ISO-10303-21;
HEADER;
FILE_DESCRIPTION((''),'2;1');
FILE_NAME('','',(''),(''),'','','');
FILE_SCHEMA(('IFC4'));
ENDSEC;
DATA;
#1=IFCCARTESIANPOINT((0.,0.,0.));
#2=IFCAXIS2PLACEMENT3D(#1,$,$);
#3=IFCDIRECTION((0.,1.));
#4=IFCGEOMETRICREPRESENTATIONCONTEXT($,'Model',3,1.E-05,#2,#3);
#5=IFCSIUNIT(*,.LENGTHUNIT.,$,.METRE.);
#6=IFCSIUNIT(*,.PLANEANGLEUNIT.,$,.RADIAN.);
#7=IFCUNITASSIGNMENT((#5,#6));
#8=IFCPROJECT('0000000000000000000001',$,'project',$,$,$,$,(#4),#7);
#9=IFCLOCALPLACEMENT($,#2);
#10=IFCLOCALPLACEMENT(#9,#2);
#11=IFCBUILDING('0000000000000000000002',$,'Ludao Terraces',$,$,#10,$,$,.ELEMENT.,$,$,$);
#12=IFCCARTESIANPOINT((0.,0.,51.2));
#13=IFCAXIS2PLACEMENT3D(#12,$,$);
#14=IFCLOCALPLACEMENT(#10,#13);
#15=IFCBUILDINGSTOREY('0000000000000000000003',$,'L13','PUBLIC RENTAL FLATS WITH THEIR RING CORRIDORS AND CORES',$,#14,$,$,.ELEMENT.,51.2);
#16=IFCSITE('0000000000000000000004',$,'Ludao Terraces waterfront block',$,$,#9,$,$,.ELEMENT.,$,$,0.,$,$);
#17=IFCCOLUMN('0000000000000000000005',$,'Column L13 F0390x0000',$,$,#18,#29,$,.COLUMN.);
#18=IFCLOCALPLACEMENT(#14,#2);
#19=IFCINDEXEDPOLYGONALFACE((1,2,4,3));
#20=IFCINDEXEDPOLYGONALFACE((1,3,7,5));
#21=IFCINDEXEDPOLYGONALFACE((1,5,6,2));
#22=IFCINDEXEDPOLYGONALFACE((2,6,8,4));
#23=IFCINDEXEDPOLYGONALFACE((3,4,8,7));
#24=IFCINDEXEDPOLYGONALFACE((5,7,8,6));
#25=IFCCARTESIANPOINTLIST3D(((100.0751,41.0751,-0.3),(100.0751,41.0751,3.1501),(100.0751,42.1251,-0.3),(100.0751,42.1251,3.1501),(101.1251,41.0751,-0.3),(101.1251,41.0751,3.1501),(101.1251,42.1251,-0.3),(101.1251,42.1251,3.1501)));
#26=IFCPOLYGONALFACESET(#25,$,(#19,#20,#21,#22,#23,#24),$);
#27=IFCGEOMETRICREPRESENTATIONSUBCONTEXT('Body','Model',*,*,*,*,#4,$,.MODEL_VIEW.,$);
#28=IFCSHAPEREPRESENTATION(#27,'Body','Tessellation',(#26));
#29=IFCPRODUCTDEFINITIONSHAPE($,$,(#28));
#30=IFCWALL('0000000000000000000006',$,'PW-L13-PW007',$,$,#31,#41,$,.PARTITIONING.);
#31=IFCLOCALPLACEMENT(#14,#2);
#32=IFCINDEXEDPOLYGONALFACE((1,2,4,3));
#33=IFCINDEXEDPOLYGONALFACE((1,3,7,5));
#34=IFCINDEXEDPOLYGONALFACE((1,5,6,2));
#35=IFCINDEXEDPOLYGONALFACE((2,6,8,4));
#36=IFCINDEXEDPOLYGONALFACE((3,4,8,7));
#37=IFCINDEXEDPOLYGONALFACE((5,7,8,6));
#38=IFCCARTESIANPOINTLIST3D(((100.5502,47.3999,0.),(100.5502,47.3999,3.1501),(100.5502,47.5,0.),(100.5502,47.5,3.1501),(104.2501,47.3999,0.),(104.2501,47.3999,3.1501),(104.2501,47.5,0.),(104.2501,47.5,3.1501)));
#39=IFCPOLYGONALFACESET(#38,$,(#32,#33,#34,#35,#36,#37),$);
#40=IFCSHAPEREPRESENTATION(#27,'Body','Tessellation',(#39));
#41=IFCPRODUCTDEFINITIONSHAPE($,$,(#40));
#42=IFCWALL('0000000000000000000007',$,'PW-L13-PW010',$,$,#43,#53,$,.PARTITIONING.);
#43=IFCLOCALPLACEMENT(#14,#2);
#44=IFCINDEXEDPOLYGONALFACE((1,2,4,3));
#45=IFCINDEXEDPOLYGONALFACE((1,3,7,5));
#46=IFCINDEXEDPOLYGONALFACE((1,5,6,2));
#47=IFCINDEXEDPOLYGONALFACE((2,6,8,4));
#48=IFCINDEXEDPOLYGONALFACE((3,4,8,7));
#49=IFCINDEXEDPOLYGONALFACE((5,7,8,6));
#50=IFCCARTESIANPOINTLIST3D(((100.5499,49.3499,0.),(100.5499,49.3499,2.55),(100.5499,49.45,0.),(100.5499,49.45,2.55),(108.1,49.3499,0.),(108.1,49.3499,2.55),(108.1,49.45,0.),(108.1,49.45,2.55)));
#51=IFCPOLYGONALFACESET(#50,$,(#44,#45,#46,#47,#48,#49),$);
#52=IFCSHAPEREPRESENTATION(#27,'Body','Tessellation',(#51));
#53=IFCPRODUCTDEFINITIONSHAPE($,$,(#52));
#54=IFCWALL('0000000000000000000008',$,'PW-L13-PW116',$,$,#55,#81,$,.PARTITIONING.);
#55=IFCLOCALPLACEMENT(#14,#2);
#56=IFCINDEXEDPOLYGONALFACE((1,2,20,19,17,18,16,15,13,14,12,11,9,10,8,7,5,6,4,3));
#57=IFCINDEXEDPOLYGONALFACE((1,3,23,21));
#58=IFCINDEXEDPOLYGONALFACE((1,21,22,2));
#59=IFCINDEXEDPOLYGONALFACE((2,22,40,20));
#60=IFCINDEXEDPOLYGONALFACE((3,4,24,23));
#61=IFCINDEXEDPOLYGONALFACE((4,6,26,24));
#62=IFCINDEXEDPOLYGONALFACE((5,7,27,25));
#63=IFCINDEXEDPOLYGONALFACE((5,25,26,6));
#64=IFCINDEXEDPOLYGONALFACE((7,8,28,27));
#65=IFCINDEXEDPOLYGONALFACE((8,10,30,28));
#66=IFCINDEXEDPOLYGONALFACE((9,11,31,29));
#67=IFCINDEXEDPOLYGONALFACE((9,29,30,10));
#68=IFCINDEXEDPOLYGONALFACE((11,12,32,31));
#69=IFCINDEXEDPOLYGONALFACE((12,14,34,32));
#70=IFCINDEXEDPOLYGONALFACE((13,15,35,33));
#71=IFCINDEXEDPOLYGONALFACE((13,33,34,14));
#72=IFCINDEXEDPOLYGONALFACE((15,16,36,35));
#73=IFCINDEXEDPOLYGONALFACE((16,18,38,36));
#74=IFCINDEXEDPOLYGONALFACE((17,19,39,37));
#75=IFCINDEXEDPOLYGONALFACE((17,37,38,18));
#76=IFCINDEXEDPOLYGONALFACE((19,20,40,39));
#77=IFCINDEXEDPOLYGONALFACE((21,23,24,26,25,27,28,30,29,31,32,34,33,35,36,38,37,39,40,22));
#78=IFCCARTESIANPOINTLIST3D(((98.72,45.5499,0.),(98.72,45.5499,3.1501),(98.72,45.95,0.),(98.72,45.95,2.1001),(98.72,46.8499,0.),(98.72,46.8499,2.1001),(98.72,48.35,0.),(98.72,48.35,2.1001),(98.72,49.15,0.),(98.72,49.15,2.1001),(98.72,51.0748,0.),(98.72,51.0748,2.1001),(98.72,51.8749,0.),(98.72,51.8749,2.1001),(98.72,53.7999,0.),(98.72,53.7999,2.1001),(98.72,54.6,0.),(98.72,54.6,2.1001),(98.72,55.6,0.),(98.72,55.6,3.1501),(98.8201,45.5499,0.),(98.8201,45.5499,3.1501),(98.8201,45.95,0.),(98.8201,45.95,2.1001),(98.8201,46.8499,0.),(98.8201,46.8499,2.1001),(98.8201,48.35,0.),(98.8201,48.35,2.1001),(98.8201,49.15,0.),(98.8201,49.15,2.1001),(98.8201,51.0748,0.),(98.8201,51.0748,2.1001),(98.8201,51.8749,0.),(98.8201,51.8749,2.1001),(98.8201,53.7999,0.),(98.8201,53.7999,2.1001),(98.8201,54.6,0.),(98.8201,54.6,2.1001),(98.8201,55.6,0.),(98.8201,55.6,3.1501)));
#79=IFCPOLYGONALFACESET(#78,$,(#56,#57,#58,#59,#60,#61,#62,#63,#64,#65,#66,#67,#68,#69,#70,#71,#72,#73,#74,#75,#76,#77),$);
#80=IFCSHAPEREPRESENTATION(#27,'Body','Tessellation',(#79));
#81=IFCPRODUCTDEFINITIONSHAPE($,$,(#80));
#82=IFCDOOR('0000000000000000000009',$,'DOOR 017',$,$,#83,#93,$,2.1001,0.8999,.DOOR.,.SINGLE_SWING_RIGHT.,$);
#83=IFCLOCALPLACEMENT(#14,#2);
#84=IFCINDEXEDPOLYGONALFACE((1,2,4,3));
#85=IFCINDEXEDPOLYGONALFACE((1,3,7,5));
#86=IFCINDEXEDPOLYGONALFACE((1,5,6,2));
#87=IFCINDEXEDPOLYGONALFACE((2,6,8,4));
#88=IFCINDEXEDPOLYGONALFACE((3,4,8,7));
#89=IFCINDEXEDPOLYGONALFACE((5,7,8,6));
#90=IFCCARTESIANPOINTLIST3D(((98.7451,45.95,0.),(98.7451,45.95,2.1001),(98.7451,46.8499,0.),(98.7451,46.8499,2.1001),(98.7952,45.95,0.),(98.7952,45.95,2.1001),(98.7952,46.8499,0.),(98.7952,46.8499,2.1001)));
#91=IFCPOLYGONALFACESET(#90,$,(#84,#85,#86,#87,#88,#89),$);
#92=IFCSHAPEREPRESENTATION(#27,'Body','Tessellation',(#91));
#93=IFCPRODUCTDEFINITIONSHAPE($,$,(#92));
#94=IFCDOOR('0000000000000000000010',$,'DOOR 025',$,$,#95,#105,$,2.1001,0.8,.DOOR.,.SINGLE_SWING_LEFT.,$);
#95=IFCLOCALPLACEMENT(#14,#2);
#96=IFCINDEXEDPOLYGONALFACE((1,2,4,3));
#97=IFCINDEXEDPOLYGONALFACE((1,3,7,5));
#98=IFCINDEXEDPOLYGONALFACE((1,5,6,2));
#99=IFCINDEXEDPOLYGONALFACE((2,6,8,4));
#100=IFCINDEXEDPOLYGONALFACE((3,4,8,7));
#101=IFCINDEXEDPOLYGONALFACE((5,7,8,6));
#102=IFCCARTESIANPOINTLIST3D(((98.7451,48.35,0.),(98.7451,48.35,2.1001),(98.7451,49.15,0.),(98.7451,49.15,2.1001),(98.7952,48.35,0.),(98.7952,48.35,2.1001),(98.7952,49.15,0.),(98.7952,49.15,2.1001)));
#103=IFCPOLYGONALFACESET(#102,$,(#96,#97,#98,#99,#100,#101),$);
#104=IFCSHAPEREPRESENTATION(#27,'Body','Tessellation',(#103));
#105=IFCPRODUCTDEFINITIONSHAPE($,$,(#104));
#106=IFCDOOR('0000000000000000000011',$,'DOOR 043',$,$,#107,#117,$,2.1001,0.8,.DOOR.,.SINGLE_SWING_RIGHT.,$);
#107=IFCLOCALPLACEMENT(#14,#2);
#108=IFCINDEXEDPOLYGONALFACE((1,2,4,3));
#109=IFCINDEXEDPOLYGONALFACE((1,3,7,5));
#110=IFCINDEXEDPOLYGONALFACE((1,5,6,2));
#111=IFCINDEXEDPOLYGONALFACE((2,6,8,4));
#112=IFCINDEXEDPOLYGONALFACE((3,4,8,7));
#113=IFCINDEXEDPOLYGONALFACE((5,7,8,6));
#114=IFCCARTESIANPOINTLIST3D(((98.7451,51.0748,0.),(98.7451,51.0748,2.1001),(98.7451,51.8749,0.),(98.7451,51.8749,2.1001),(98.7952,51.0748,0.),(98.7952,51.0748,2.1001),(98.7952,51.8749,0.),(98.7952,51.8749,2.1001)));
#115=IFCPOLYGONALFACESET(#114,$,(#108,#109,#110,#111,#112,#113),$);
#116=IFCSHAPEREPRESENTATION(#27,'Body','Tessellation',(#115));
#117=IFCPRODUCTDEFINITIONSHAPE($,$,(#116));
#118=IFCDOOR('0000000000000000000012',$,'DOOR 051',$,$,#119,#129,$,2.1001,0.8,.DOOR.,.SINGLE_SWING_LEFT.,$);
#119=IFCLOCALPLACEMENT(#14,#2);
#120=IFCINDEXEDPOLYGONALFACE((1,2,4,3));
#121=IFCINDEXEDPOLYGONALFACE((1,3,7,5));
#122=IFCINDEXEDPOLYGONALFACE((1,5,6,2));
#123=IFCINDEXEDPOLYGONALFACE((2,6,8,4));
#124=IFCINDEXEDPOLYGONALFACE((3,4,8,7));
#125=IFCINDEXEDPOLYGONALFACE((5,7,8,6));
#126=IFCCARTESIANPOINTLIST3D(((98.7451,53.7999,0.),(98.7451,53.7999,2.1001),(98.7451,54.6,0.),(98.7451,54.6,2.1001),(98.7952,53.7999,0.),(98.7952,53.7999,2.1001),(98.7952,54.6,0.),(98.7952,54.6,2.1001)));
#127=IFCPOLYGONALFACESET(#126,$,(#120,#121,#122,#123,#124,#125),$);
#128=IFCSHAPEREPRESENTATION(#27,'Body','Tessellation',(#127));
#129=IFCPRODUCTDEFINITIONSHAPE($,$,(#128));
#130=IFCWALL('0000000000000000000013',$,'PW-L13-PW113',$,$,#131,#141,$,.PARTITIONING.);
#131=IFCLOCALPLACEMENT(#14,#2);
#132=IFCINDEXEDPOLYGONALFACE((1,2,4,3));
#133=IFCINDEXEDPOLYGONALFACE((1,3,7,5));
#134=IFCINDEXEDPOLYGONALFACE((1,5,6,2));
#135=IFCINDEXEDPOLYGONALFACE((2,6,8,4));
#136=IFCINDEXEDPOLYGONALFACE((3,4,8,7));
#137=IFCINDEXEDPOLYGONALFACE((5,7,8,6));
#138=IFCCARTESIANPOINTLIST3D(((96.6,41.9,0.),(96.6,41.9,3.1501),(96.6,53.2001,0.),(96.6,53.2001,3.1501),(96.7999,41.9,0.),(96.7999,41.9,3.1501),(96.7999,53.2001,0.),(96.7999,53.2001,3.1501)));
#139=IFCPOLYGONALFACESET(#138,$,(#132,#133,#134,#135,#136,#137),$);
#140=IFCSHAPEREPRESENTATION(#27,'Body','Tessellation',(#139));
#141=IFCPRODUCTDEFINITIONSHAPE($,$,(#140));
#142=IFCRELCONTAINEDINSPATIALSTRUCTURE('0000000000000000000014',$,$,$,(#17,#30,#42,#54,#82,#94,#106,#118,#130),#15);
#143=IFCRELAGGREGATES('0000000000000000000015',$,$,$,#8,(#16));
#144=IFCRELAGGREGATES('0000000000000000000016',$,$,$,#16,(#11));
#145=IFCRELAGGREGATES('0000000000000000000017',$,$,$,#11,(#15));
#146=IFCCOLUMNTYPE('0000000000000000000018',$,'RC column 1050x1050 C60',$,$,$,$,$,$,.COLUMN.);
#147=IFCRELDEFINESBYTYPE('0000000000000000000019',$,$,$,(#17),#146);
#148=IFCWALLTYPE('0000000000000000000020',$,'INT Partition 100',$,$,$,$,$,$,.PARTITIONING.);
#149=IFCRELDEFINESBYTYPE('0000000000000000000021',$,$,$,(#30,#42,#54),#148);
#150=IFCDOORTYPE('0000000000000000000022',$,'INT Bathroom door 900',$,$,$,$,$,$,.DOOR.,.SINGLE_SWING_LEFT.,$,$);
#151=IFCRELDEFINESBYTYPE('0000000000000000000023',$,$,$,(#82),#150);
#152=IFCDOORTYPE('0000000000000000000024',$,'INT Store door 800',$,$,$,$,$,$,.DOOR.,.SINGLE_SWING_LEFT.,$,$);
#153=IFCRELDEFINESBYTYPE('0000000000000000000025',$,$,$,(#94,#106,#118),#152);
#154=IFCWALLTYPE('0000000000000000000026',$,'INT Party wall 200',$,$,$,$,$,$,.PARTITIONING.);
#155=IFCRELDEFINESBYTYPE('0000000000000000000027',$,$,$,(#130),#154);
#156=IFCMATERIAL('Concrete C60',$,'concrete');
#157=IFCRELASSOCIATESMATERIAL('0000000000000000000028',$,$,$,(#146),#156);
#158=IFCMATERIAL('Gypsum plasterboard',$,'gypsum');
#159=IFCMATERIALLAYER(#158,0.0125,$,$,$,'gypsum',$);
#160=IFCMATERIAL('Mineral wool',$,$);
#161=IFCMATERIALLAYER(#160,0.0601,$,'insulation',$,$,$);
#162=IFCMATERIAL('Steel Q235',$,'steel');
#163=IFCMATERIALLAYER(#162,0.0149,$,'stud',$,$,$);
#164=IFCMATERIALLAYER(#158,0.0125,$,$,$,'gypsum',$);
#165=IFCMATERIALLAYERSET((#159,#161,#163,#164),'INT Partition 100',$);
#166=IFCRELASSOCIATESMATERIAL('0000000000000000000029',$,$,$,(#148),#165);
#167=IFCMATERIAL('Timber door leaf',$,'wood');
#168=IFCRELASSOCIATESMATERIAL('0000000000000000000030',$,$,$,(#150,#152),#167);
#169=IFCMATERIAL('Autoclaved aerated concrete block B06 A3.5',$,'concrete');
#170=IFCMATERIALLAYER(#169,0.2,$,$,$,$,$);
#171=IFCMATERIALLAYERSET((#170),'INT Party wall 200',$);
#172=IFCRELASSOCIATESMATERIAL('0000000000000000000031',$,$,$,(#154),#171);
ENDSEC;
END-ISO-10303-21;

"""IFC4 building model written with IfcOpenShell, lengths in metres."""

from ifc_helpers import new_model, si_unit, direction, frame, frame_2d, origin, origin_2d, place, context, subcontext, project, spatial, rectangle, extrude, material, layer, layer_set, material_profile, profile_set, type_object, element, fill, save


model = new_model("IFC4")

# Units and contexts
model_context = context("Model", 3, precision=1e-05, world=origin(), true_north=direction((0.0, 1.0)))
body_context = subcontext(model_context, "Body", "Model", "MODEL_VIEW")
ifc_project = project(units=[si_unit("LENGTHUNIT", "METRE"), si_unit("PLANEANGLEUNIT", "RADIAN")], contexts=[model_context])

# Site, building, storey
site_placement = place(None, origin())
site = spatial("IfcSite", under=ifc_project, at=site_placement, Name="Ludao Terraces waterfront block", CompositionType="ELEMENT", RefElevation=0.0)
building_placement = place(site_placement, origin())
building = spatial("IfcBuilding", under=site, at=building_placement, Name="Ludao Terraces", CompositionType="ELEMENT")
storey_placement = place(building_placement, frame((0.0, 0.0, 51.2)))
storey = spatial("IfcBuildingStorey", under=building, at=storey_placement, Name="L13", Description="PUBLIC RENTAL FLATS WITH THEIR RING CORRIDORS AND CORES", CompositionType="ELEMENT", Elevation=51.2)

# Column
ifc_material_1 = material(Name="Concrete C60", Category="concrete")
ifc_material_profile = material_profile(ifc_material_1, rectangle(XDim=1.05, YDim=1.05, at=origin_2d()), Name="1050 X 1050")
ifc_profile_set = profile_set([ifc_material_profile], Name="Concrete C60")
column_type = type_object("IfcColumnType", Name="RC column 1050x1050 C60", PredefinedType="COLUMN", material=ifc_profile_set)
column_placement = place(storey_placement, frame((100.6001, 41.6001, -0.3), z_axis=(0.0, 0.0, 1.0), x_axis=(1.0, 0.0, 0.0)))
element("IfcColumn", 1, at=column_placement, inside=storey, type_object=column_type, Name="Column L13 F0390x0000", PredefinedType="COLUMN", context=body_context, shape_type="SweptSolid", body=[
    extrude(rectangle(XDim=1.05, YDim=1.05, at=origin_2d()), origin(), (0.0, 0.0, 1.0), 3.4502),
])

# Walls
ifc_material_2 = material(Name="Gypsum plasterboard", Category="gypsum")
ifc_layer_1 = layer(ifc_material_2, 0.0125, Category="gypsum")
ifc_material_3 = material(Name="Mineral wool")
ifc_layer_2 = layer(ifc_material_3, 0.0601, Name="insulation")
ifc_material_4 = material(Name="Steel Q235", Category="steel")
ifc_layer_3 = layer(ifc_material_4, 0.0149, Name="stud")
ifc_layer_4 = layer(ifc_material_2, 0.0125, Category="gypsum")
ifc_layer_set_1 = layer_set([ifc_layer_1, ifc_layer_2, ifc_layer_3, ifc_layer_4], Name="INT Partition 100")
wall_type_1 = type_object("IfcWallType", Name="INT Partition 100", PredefinedType="PARTITIONING", material=ifc_layer_set_1)
wall_1_placement = place(storey_placement, frame((100.55, 47.45, 0.0), z_axis=(0.0, 0.0, 1.0), x_axis=(1.0, 0.0, 0.0)))
element("IfcWall", 2, at=wall_1_placement, inside=storey, type_object=wall_type_1, Name="PW-L13-PW007", PredefinedType="PARTITIONING", context=body_context, shape_type="SweptSolid", body=[
    extrude(rectangle(XDim=3.7, YDim=0.1001, at=frame_2d((1.8501, 0.0))), origin(), (0.0, 0.0, 1.0), 3.1501),
])
wall_2_placement = place(storey_placement, frame((100.55, 49.3999, 0.0), z_axis=(0.0, 0.0, 1.0), x_axis=(1.0, 0.0, 0.0)))
element("IfcWall", 3, at=wall_2_placement, inside=storey, type_object=wall_type_1, Name="PW-L13-PW010", PredefinedType="PARTITIONING", context=body_context, shape_type="SweptSolid", body=[
    extrude(rectangle(XDim=7.55, YDim=0.1001, at=frame_2d((3.7749, 0.0))), origin(), (0.0, 0.0, 1.0), 2.55),
])

# Wall, openings, doors
wall_3_placement = place(storey_placement, frame((98.77, 45.55, 0.0), z_axis=(0.0, 0.0, 1.0), x_axis=(0.0, 1.0, 0.0)))
wall_3 = element("IfcWall", 4, at=wall_3_placement, inside=storey, type_object=wall_type_1, Name="PW-L13-PW116", PredefinedType="PARTITIONING", context=body_context, shape_type="SweptSolid", body=[
    extrude(rectangle(XDim=10.05, YDim=0.1001, at=frame_2d((5.0249, 0.0))), origin(), (0.0, 0.0, 1.0), 3.1501),
])
opening_1_placement = place(wall_3_placement, frame((0.3999, 0.0, 0.0)))
opening_1 = element("IfcOpeningElement", 5, at=opening_1_placement, cuts=wall_3, PredefinedType="OPENING", context=body_context, shape_type="SweptSolid", body=[
    extrude(rectangle(XDim=0.8999, YDim=2.1001, at=frame_2d((0.45, 1.05))), frame((0.0, 0.0601, 0.0), z_axis=(0.0, -1.0, 0.0), x_axis=(1.0, 0.0, 0.0)), (0.0, 0.0, 1.0), 0.1201),
])
opening_2_placement = place(wall_3_placement, frame((2.8, 0.0, 0.0)))
opening_2 = element("IfcOpeningElement", 6, at=opening_2_placement, cuts=wall_3, PredefinedType="OPENING", context=body_context, shape_type="SweptSolid", body=[
    extrude(rectangle(XDim=0.8, YDim=2.1001, at=frame_2d((0.3999, 1.05))), frame((0.0, 0.0601, 0.0), z_axis=(0.0, -1.0, 0.0), x_axis=(1.0, 0.0, 0.0)), (0.0, 0.0, 1.0), 0.1201),
])
opening_3_placement = place(wall_3_placement, frame((5.5249, 0.0, 0.0)))
opening_3 = element("IfcOpeningElement", 7, at=opening_3_placement, cuts=wall_3, PredefinedType="OPENING", context=body_context, shape_type="SweptSolid", body=[
    extrude(rectangle(XDim=0.8, YDim=2.1001, at=frame_2d((0.3999, 1.05))), frame((0.0, 0.0601, 0.0), z_axis=(0.0, -1.0, 0.0), x_axis=(1.0, 0.0, 0.0)), (0.0, 0.0, 1.0), 0.1201),
])
opening_4_placement = place(wall_3_placement, frame((8.25, 0.0, 0.0)))
opening_4 = element("IfcOpeningElement", 8, at=opening_4_placement, cuts=wall_3, PredefinedType="OPENING", context=body_context, shape_type="SweptSolid", body=[
    extrude(rectangle(XDim=0.8, YDim=2.1001, at=frame_2d((0.3999, 1.05))), frame((0.0, 0.0601, 0.0), z_axis=(0.0, -1.0, 0.0), x_axis=(1.0, 0.0, 0.0)), (0.0, 0.0, 1.0), 0.1201),
])
ifc_material_5 = material(Name="Timber door leaf", Category="wood")
door_type_1 = type_object("IfcDoorType", Name="INT Bathroom door 900", OperationType="SINGLE_SWING_LEFT", PredefinedType="DOOR", material=ifc_material_5)
door_1_placement = place(opening_1_placement, origin())
door_1 = element("IfcDoor", 9, at=door_1_placement, inside=storey, type_object=door_type_1, Name="DOOR 017", OperationType="SINGLE_SWING_RIGHT", OverallHeight=2.1001, OverallWidth=0.8999, PredefinedType="DOOR", context=body_context, shape_type="SweptSolid", body=[
    extrude(rectangle(XDim=0.8999, YDim=2.1001, at=frame_2d((0.45, 1.05))), frame((0.0, 0.0249, 0.0), z_axis=(0.0, -1.0, 0.0), x_axis=(1.0, 0.0, 0.0)), (0.0, 0.0, 1.0), 0.05),
])
fill(opening_1, door_1)
door_type_2 = type_object("IfcDoorType", Name="INT Store door 800", OperationType="SINGLE_SWING_LEFT", PredefinedType="DOOR", material=ifc_material_5)
door_2_placement = place(opening_2_placement, origin())
door_2 = element("IfcDoor", 10, at=door_2_placement, inside=storey, type_object=door_type_2, Name="DOOR 025", OperationType="SINGLE_SWING_LEFT", OverallHeight=2.1001, OverallWidth=0.8, PredefinedType="DOOR", context=body_context, shape_type="SweptSolid", body=[
    extrude(rectangle(XDim=0.8, YDim=2.1001, at=frame_2d((0.3999, 1.05))), frame((0.0, 0.0249, 0.0), z_axis=(0.0, -1.0, 0.0), x_axis=(1.0, 0.0, 0.0)), (0.0, 0.0, 1.0), 0.05),
])
fill(opening_2, door_2)
door_3_placement = place(opening_3_placement, origin())
door_3 = element("IfcDoor", 11, at=door_3_placement, inside=storey, type_object=door_type_2, Name="DOOR 043", OperationType="SINGLE_SWING_RIGHT", OverallHeight=2.1001, OverallWidth=0.8, PredefinedType="DOOR", context=body_context, shape_type="SweptSolid", body=[
    extrude(rectangle(XDim=0.8, YDim=2.1001, at=frame_2d((0.3999, 1.05))), frame((0.0, 0.0249, 0.0), z_axis=(0.0, -1.0, 0.0), x_axis=(1.0, 0.0, 0.0)), (0.0, 0.0, 1.0), 0.05),
])
fill(opening_3, door_3)
door_4_placement = place(opening_4_placement, origin())
door_4 = element("IfcDoor", 12, at=door_4_placement, inside=storey, type_object=door_type_2, Name="DOOR 051", OperationType="SINGLE_SWING_LEFT", OverallHeight=2.1001, OverallWidth=0.8, PredefinedType="DOOR", context=body_context, shape_type="SweptSolid", body=[
    extrude(rectangle(XDim=0.8, YDim=2.1001, at=frame_2d((0.3999, 1.05))), frame((0.0, 0.0249, 0.0), z_axis=(0.0, -1.0, 0.0), x_axis=(1.0, 0.0, 0.0)), (0.0, 0.0, 1.0), 0.05),
])
fill(opening_4, door_4)

# Wall
ifc_material_6 = material(Name="Autoclaved aerated concrete block B06 A3.5", Category="concrete")
ifc_layer_5 = layer(ifc_material_6, 0.2)
ifc_layer_set_2 = layer_set([ifc_layer_5], Name="INT Party wall 200")
wall_type_2 = type_object("IfcWallType", Name="INT Party wall 200", PredefinedType="PARTITIONING", material=ifc_layer_set_2)
wall_4_placement = place(storey_placement, frame((96.7, 41.9001, 0.0), z_axis=(0.0, 0.0, 1.0), x_axis=(0.0, 1.0, 0.0)))
element("IfcWall", 13, at=wall_4_placement, inside=storey, type_object=wall_type_2, Name="PW-L13-PW113", PredefinedType="PARTITIONING", context=body_context, shape_type="SweptSolid", body=[
    extrude(rectangle(XDim=11.3, YDim=0.2, at=frame_2d((5.6499, 0.0))), origin(), (0.0, 0.0, 1.0), 3.1501),
])

save(model, "model.ifc")
